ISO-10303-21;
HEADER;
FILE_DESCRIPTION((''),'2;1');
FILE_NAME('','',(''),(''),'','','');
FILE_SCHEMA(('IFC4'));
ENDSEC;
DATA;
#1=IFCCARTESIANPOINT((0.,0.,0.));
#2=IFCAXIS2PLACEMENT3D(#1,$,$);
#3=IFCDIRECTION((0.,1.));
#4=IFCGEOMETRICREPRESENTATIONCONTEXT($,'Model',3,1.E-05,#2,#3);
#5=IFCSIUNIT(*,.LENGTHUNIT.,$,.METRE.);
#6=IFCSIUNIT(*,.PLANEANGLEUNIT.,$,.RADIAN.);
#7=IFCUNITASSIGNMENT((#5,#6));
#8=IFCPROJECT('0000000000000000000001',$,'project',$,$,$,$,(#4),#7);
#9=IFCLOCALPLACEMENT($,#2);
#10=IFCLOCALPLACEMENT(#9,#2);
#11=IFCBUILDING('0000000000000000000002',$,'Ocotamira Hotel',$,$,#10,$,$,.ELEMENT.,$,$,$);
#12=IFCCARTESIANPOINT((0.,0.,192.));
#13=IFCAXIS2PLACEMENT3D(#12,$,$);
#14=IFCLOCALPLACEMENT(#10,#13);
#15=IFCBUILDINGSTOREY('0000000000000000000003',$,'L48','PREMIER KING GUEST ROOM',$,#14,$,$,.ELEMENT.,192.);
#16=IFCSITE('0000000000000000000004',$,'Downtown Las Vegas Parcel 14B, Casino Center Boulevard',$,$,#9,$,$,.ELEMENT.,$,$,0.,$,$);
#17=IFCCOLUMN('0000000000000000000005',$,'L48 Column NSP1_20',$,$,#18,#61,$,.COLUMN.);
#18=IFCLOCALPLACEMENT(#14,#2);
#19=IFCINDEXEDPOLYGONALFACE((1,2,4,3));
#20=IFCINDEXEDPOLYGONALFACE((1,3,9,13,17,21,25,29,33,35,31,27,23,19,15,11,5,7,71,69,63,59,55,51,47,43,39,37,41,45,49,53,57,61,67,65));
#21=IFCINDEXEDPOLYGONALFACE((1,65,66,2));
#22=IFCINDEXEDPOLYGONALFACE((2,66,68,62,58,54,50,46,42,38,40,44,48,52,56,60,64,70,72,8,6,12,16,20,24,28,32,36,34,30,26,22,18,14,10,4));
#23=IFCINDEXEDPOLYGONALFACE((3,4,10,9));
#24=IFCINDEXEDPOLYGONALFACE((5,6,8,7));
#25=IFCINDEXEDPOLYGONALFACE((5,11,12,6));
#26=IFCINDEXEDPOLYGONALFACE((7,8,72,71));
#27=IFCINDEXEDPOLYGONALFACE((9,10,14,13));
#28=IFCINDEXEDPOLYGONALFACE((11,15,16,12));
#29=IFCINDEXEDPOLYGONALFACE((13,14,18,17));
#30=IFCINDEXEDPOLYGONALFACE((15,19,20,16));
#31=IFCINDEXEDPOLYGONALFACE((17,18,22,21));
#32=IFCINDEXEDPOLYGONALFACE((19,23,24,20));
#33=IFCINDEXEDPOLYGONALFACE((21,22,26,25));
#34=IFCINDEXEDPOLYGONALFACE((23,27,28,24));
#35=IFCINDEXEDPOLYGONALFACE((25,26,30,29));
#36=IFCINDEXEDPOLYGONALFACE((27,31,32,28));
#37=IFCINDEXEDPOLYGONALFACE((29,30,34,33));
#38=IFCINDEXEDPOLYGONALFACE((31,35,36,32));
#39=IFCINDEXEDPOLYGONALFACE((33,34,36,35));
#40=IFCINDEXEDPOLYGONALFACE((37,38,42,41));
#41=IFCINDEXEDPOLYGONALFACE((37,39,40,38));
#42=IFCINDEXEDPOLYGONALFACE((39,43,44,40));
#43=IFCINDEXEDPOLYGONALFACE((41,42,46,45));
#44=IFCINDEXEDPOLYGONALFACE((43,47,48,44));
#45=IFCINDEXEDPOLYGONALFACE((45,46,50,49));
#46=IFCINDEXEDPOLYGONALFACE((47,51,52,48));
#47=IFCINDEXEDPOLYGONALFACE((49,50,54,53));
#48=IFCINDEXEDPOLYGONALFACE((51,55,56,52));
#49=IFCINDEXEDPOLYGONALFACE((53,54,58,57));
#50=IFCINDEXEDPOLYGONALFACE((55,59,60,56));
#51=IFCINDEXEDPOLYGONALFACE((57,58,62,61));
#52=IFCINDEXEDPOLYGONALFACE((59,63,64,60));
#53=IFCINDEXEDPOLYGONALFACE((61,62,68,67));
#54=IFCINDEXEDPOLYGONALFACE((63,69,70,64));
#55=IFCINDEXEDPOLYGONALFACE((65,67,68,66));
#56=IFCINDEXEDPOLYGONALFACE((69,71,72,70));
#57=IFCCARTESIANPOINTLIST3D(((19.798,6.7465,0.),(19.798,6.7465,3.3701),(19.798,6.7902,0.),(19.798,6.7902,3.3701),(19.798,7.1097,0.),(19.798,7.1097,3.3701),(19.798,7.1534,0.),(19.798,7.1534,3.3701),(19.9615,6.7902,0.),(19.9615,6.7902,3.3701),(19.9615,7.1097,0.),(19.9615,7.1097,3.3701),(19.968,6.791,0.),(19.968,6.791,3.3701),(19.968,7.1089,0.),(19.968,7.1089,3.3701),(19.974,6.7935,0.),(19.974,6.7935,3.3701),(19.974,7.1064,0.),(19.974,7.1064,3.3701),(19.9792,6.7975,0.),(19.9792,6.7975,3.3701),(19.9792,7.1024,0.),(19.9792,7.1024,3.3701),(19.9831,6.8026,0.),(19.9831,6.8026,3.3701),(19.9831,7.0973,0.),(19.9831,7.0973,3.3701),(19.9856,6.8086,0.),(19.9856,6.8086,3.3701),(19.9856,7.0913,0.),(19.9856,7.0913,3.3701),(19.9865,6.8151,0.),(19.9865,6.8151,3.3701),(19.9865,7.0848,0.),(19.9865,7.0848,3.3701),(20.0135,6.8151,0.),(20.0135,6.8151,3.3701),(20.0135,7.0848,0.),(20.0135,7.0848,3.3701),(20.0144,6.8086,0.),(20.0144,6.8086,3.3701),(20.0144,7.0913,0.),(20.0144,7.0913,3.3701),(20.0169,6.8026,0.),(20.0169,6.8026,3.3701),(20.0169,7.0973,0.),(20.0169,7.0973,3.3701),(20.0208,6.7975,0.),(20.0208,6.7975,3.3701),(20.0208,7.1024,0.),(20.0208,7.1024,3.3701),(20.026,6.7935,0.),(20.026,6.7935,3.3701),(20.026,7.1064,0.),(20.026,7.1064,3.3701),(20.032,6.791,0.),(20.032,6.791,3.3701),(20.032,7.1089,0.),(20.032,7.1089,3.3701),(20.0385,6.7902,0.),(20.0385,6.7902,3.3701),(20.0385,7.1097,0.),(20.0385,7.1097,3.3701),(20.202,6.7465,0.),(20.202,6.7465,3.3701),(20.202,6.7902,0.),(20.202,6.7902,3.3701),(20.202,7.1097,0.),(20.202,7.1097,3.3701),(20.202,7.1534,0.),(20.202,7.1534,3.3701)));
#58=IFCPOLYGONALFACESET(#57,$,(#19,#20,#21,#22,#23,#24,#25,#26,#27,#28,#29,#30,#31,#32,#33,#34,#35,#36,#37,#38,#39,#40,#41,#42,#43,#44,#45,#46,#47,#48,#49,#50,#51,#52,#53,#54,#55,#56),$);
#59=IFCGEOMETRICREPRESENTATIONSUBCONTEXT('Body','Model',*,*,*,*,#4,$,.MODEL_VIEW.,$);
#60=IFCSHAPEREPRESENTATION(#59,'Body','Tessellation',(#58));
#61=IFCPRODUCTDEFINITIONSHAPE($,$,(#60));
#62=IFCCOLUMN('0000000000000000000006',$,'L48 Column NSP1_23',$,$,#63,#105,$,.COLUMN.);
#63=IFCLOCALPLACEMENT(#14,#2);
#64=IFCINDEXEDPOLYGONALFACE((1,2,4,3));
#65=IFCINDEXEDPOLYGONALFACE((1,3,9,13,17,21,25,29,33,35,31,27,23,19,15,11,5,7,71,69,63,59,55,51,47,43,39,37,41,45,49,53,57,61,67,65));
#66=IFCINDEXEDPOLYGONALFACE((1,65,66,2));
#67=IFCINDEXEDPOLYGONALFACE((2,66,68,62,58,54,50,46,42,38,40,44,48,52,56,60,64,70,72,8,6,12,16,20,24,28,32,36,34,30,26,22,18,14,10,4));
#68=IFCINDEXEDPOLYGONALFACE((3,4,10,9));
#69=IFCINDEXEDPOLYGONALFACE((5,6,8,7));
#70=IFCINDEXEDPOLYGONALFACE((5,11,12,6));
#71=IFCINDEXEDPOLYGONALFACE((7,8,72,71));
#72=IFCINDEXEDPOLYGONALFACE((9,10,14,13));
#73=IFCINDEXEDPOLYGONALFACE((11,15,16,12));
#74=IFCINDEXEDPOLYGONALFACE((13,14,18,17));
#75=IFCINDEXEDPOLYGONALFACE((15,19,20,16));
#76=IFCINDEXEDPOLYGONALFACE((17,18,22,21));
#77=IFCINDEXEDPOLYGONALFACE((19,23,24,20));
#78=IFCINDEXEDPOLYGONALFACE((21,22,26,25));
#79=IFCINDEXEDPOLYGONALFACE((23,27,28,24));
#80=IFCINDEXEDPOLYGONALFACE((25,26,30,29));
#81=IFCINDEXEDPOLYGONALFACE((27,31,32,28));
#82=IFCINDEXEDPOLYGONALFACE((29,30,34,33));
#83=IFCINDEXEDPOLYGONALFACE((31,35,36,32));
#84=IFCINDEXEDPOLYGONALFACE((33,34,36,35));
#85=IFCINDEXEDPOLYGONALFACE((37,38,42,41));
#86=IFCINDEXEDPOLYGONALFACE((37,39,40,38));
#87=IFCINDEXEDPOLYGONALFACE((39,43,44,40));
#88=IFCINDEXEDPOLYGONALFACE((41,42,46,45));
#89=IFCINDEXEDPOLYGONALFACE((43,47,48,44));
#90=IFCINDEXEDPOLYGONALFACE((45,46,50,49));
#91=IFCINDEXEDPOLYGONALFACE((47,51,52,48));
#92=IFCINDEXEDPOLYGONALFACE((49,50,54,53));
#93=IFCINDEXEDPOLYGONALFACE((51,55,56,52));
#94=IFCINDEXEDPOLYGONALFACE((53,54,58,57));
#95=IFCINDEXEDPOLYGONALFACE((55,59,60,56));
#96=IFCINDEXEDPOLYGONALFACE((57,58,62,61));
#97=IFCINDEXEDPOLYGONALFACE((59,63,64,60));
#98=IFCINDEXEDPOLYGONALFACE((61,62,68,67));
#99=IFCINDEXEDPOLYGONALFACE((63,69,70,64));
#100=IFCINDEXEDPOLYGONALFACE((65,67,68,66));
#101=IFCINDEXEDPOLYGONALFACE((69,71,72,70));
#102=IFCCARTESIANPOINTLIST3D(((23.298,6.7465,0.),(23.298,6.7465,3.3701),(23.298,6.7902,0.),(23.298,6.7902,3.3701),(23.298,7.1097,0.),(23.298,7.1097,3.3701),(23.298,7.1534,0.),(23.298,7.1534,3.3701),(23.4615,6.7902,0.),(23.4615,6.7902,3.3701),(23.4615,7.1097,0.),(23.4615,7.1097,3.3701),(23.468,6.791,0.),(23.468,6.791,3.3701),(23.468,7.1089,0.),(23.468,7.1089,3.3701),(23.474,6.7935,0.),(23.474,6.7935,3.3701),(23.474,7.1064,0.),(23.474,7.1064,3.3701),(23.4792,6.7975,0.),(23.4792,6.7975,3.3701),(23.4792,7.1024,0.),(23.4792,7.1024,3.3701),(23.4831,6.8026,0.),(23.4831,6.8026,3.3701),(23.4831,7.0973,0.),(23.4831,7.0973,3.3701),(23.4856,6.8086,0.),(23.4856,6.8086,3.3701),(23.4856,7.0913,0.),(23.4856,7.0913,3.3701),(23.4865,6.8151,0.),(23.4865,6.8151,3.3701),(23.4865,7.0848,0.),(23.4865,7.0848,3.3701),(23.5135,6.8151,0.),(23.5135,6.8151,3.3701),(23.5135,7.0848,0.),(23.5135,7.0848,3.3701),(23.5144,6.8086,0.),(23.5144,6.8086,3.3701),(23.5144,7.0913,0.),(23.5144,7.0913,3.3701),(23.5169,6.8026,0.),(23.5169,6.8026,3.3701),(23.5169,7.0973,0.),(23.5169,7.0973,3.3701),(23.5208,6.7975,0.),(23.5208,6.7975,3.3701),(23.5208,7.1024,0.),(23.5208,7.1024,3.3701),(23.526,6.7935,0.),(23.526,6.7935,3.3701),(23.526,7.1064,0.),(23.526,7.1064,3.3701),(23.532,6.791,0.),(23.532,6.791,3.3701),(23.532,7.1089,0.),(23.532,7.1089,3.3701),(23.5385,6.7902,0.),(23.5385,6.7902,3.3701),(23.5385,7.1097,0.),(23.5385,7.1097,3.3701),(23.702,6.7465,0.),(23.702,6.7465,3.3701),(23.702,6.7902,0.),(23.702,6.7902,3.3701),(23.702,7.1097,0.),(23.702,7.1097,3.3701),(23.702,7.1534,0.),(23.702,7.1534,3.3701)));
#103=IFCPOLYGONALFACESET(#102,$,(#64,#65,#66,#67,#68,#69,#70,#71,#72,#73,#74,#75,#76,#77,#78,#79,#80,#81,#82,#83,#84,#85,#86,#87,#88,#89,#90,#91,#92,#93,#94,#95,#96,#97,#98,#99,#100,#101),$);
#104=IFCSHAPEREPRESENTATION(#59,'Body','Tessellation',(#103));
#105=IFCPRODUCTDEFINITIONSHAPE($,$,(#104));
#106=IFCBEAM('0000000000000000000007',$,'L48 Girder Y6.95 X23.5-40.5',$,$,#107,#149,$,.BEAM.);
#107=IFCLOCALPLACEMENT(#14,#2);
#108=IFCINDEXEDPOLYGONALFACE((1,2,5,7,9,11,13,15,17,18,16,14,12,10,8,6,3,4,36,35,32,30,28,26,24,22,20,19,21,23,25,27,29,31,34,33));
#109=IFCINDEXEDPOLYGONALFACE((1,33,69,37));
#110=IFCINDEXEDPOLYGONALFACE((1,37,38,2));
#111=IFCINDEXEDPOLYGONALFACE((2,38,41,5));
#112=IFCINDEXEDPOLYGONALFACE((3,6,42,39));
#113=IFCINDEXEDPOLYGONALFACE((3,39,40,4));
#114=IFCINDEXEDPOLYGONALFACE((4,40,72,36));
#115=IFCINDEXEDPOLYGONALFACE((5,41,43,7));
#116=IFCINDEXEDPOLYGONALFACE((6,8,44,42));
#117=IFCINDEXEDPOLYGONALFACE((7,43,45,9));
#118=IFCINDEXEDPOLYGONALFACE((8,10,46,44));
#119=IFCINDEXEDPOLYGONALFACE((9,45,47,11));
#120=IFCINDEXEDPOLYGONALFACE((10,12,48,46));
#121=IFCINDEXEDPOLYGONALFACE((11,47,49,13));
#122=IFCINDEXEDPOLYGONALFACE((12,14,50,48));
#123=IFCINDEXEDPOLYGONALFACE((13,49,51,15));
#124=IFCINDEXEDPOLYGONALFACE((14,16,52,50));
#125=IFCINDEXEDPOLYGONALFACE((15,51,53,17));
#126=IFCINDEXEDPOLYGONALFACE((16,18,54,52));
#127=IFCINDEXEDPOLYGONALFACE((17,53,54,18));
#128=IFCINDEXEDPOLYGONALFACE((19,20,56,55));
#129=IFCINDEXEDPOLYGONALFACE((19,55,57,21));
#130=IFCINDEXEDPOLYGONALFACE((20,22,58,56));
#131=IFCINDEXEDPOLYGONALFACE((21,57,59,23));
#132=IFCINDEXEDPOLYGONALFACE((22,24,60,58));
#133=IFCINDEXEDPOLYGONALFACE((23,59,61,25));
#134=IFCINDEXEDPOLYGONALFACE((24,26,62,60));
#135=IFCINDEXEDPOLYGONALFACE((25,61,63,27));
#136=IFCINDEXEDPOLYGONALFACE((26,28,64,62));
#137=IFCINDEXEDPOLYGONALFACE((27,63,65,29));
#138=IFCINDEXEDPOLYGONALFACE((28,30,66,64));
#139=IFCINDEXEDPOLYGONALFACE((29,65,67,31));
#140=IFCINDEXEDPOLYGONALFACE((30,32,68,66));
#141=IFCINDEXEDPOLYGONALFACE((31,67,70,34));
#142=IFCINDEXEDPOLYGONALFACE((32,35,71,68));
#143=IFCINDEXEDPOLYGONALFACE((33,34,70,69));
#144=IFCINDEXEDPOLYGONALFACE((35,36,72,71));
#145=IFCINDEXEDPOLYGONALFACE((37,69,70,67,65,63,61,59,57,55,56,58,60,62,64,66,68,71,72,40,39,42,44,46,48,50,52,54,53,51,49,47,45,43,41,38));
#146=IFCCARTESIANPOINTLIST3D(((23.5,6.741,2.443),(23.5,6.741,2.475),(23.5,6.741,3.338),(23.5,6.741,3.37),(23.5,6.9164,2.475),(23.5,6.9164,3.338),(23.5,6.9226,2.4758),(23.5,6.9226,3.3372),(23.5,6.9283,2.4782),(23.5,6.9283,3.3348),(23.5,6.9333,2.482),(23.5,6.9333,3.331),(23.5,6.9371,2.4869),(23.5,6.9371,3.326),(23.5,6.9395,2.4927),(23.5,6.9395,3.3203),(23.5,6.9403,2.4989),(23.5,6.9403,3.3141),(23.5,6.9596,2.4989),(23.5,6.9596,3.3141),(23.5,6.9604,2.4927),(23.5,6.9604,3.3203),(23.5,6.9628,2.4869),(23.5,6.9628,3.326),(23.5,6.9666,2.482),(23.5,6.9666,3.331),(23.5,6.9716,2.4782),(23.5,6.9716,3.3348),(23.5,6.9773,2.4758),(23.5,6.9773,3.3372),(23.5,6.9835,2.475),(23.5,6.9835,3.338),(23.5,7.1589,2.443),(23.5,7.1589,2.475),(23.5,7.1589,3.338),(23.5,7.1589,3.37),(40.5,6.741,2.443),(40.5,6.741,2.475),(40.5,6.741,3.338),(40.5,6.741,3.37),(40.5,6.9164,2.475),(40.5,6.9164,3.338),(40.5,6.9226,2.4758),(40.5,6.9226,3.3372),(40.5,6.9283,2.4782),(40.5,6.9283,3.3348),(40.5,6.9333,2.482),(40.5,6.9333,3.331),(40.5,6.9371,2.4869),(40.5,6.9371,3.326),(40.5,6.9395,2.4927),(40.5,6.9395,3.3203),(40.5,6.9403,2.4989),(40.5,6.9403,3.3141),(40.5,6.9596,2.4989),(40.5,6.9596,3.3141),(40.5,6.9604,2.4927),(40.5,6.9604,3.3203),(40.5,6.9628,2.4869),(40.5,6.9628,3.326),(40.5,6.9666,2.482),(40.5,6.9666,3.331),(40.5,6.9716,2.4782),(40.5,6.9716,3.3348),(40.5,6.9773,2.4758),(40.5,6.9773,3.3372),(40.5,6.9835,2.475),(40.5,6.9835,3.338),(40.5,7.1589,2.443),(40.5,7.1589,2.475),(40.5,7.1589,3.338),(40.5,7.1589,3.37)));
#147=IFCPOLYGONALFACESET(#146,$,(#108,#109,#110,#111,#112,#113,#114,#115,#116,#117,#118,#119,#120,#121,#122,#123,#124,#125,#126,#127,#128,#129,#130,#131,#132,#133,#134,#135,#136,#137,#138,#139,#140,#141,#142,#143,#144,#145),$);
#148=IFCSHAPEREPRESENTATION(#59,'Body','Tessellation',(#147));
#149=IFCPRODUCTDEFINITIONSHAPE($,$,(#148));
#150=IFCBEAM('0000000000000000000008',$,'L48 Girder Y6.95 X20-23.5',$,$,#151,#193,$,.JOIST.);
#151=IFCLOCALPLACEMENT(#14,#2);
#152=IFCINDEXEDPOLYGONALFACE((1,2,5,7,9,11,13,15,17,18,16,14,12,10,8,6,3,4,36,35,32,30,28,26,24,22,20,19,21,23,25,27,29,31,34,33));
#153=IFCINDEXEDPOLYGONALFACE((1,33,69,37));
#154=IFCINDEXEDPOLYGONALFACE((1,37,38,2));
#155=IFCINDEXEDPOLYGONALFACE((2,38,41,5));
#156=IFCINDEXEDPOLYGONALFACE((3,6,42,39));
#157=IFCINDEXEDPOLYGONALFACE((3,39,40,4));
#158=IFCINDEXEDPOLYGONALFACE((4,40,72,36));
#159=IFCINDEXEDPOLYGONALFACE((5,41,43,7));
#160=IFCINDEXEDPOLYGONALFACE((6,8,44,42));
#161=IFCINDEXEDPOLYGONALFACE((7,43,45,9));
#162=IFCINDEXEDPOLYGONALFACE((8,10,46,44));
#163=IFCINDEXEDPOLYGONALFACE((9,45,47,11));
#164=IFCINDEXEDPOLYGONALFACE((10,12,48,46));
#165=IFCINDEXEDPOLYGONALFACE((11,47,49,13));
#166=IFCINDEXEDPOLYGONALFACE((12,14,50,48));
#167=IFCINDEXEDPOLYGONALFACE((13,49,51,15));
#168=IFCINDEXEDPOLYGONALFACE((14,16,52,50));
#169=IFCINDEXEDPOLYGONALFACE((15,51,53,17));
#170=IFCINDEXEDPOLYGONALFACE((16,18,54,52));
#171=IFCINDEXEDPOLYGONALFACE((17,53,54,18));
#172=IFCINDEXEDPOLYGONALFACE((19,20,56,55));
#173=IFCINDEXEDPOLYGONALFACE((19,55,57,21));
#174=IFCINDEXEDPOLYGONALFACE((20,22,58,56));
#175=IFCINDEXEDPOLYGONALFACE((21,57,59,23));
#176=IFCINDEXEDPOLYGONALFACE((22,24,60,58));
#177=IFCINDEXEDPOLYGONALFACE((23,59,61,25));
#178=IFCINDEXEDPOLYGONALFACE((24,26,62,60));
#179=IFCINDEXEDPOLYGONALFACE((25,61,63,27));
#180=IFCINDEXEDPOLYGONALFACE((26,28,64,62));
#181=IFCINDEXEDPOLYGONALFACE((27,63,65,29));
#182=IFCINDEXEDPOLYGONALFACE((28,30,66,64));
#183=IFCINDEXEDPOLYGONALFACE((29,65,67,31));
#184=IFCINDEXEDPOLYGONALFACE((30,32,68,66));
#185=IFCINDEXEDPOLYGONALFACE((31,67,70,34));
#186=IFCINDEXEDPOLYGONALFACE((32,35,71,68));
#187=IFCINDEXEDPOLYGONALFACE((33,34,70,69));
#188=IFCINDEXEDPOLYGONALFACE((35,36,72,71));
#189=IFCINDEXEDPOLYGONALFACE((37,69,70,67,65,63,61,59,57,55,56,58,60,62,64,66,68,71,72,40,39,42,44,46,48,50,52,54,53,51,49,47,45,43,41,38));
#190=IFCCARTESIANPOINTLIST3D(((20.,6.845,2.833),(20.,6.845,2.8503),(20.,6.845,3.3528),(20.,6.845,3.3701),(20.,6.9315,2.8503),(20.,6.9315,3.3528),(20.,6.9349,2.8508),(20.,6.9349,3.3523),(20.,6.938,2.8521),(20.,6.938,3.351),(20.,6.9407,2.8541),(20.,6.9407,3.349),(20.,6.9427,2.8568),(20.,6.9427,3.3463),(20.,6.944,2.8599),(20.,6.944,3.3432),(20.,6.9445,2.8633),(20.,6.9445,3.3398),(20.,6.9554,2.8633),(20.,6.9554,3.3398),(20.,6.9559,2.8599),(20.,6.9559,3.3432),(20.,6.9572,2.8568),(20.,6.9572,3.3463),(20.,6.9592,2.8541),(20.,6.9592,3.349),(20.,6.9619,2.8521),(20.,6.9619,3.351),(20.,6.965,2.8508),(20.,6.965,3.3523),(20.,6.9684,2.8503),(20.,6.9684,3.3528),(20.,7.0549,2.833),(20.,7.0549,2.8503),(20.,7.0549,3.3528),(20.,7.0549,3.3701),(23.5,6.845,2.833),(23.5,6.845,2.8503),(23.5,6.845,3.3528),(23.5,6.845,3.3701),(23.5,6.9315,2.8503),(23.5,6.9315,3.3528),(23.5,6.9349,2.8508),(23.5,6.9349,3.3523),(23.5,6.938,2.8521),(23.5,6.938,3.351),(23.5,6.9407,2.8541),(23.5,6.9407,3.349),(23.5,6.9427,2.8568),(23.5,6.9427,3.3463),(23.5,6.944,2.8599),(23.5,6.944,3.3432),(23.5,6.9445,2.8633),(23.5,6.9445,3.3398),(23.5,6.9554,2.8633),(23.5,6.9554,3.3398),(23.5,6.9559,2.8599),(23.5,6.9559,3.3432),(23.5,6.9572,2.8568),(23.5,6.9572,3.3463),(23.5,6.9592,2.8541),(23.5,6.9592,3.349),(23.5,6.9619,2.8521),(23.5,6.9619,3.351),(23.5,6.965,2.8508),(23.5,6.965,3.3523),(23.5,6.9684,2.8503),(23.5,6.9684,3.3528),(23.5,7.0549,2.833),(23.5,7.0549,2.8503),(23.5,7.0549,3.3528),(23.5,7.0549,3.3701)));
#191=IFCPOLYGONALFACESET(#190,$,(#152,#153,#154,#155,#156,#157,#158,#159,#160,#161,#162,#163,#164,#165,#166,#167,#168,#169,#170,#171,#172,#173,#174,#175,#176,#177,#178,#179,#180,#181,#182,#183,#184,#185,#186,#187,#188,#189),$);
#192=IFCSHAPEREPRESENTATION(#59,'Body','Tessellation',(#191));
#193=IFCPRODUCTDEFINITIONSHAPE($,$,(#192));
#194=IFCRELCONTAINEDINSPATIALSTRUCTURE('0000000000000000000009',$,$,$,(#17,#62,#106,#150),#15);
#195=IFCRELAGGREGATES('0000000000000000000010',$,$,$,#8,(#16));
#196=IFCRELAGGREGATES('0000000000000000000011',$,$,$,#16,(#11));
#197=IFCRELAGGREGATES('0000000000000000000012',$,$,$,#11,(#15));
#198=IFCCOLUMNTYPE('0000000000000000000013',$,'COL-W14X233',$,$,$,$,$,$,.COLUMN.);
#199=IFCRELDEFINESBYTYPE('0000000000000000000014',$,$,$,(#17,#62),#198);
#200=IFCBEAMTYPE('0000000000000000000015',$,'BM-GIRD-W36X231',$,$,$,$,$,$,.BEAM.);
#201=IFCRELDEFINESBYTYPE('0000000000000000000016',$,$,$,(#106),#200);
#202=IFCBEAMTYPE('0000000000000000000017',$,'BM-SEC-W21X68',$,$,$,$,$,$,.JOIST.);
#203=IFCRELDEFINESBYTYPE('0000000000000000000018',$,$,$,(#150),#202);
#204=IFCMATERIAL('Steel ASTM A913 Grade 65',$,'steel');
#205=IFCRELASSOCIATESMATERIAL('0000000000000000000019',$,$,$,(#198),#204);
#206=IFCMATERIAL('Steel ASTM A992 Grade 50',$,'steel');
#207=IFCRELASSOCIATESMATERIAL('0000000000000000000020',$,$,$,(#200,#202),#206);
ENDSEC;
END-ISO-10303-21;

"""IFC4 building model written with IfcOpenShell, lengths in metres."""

from ifc_helpers import new_model, si_unit, direction, frame, origin, origin_2d, place, context, subcontext, project, spatial, i_section, extrude, source, transform, mapped, material, material_profile, profile_set, type_object, element, save


model = new_model("IFC4")

# Units and contexts
model_context = context("Model", 3, precision=1e-05, world=origin(), true_north=direction((0.0, 1.0)))
body_context = subcontext(model_context, "Body", "Model", "MODEL_VIEW")
ifc_project = project(units=[si_unit("LENGTHUNIT", "METRE"), si_unit("PLANEANGLEUNIT", "RADIAN")], contexts=[model_context])

# Site, building, storey
site_placement = place(None, origin())
site = spatial("IfcSite", under=ifc_project, at=site_placement, Name="Downtown Las Vegas Parcel 14B, Casino Center Boulevard", CompositionType="ELEMENT", RefElevation=0.0)
building_placement = place(site_placement, origin())
building = spatial("IfcBuilding", under=site, at=building_placement, Name="Ocotamira Hotel", CompositionType="ELEMENT")
storey_placement = place(building_placement, frame((0.0, 0.0, 192.0)))
storey = spatial("IfcBuildingStorey", under=building, at=storey_placement, Name="L48", Description="PREMIER KING GUEST ROOM", CompositionType="ELEMENT", Elevation=192.0)

# Columns
ifc_material_1 = material(Name="Steel ASTM A913 Grade 65", Category="steel")
ifc_material_profile_1 = material_profile(ifc_material_1, i_section(OverallWidth=0.4041, OverallDepth=0.407, WebThickness=0.0271, FlangeThickness=0.0437, FilletRadius=0.0249, at=origin_2d()), Name="W14X233")
ifc_profile_set_1 = profile_set([ifc_material_profile_1], Name="Steel ASTM A913 Grade 65")
column_type = type_object("IfcColumnType", Name="COL-W14X233", PredefinedType="COLUMN", material=ifc_profile_set_1)
shared_shape_1 = source(origin(), body_context, "Body", "SweptSolid", [
    extrude(i_section(OverallWidth=0.4041, OverallDepth=0.407, WebThickness=0.0271, FlangeThickness=0.0437, FilletRadius=0.0249, at=origin_2d()), origin(), (0.0, 0.0, 1.0), 3.3701),
])
for number, where, z_axis, x_axis, name in (
    (1, (20.0, 6.95, 0.0), (0.0, 0.0, 1.0), (1.0, 0.0, 0.0), "L48 Column NSP1_20"),
    (2, (23.5, 6.95, 0.0), (0.0, 0.0, 1.0), (1.0, 0.0, 0.0), "L48 Column NSP1_23"),
):
    element("IfcColumn", number, at=place(storey_placement, frame(where, z_axis=z_axis, x_axis=x_axis)), inside=storey, type_object=column_type, Name=name, PredefinedType="COLUMN", context=body_context, shape_type="MappedRepresentation", body=[
        mapped(shared_shape_1, transform((0.0, 0.0, 0.0), scale=1.0)),
    ])

# Beams
ifc_material_2 = material(Name="Steel ASTM A992 Grade 50", Category="steel")
ifc_material_profile_2 = material_profile(ifc_material_2, i_section(OverallWidth=0.418, OverallDepth=0.927, WebThickness=0.0193, FlangeThickness=0.032, FilletRadius=0.0239, at=origin_2d()), Name="W36X231")
ifc_profile_set_2 = profile_set([ifc_material_profile_2], Name="Steel ASTM A992 Grade 50")
beam_type_1 = type_object("IfcBeamType", Name="BM-GIRD-W36X231", PredefinedType="BEAM", material=ifc_profile_set_2)
shared_shape_2 = source(origin(), body_context, "Body", "SweptSolid", [
    extrude(i_section(OverallWidth=0.418, OverallDepth=0.927, WebThickness=0.0193, FlangeThickness=0.032, FilletRadius=0.0239, at=origin_2d()), origin(), (0.0, 0.0, 1.0), 17.0),
])
beam_1_placement = place(storey_placement, frame((23.5, 6.95, 2.9065), z_axis=(1.0, 0.0, 0.0), x_axis=(0.0, 1.0, 0.0)))
element("IfcBeam", 3, at=beam_1_placement, inside=storey, type_object=beam_type_1, Name="L48 Girder Y6.95 X23.5-40.5", PredefinedType="BEAM", context=body_context, shape_type="MappedRepresentation", body=[
    mapped(shared_shape_2, transform((0.0, 0.0, 0.0), scale=1.0)),
])
ifc_material_profile_3 = material_profile(ifc_material_2, i_section(OverallWidth=0.21, OverallDepth=0.5371, WebThickness=0.011, FlangeThickness=0.0173, FilletRadius=0.0129, at=origin_2d()), Name="W21X68")
ifc_profile_set_3 = profile_set([ifc_material_profile_3], Name="Steel ASTM A992 Grade 50")
beam_type_2 = type_object("IfcBeamType", Name="BM-SEC-W21X68", PredefinedType="JOIST", material=ifc_profile_set_3)
shared_shape_3 = source(origin(), body_context, "Body", "SweptSolid", [
    extrude(i_section(OverallWidth=0.21, OverallDepth=0.5371, WebThickness=0.011, FlangeThickness=0.0173, FilletRadius=0.0129, at=origin_2d()), origin(), (0.0, 0.0, 1.0), 3.5),
])
beam_2_placement = place(storey_placement, frame((20.0, 6.95, 3.1016), z_axis=(1.0, 0.0, 0.0), x_axis=(0.0, 1.0, 0.0)))
element("IfcBeam", 4, at=beam_2_placement, inside=storey, type_object=beam_type_2, Name="L48 Girder Y6.95 X20-23.5", PredefinedType="JOIST", context=body_context, shape_type="MappedRepresentation", body=[
    mapped(shared_shape_3, transform((0.0, 0.0, 0.0), scale=1.0)),
])

save(model, "model.ifc")
